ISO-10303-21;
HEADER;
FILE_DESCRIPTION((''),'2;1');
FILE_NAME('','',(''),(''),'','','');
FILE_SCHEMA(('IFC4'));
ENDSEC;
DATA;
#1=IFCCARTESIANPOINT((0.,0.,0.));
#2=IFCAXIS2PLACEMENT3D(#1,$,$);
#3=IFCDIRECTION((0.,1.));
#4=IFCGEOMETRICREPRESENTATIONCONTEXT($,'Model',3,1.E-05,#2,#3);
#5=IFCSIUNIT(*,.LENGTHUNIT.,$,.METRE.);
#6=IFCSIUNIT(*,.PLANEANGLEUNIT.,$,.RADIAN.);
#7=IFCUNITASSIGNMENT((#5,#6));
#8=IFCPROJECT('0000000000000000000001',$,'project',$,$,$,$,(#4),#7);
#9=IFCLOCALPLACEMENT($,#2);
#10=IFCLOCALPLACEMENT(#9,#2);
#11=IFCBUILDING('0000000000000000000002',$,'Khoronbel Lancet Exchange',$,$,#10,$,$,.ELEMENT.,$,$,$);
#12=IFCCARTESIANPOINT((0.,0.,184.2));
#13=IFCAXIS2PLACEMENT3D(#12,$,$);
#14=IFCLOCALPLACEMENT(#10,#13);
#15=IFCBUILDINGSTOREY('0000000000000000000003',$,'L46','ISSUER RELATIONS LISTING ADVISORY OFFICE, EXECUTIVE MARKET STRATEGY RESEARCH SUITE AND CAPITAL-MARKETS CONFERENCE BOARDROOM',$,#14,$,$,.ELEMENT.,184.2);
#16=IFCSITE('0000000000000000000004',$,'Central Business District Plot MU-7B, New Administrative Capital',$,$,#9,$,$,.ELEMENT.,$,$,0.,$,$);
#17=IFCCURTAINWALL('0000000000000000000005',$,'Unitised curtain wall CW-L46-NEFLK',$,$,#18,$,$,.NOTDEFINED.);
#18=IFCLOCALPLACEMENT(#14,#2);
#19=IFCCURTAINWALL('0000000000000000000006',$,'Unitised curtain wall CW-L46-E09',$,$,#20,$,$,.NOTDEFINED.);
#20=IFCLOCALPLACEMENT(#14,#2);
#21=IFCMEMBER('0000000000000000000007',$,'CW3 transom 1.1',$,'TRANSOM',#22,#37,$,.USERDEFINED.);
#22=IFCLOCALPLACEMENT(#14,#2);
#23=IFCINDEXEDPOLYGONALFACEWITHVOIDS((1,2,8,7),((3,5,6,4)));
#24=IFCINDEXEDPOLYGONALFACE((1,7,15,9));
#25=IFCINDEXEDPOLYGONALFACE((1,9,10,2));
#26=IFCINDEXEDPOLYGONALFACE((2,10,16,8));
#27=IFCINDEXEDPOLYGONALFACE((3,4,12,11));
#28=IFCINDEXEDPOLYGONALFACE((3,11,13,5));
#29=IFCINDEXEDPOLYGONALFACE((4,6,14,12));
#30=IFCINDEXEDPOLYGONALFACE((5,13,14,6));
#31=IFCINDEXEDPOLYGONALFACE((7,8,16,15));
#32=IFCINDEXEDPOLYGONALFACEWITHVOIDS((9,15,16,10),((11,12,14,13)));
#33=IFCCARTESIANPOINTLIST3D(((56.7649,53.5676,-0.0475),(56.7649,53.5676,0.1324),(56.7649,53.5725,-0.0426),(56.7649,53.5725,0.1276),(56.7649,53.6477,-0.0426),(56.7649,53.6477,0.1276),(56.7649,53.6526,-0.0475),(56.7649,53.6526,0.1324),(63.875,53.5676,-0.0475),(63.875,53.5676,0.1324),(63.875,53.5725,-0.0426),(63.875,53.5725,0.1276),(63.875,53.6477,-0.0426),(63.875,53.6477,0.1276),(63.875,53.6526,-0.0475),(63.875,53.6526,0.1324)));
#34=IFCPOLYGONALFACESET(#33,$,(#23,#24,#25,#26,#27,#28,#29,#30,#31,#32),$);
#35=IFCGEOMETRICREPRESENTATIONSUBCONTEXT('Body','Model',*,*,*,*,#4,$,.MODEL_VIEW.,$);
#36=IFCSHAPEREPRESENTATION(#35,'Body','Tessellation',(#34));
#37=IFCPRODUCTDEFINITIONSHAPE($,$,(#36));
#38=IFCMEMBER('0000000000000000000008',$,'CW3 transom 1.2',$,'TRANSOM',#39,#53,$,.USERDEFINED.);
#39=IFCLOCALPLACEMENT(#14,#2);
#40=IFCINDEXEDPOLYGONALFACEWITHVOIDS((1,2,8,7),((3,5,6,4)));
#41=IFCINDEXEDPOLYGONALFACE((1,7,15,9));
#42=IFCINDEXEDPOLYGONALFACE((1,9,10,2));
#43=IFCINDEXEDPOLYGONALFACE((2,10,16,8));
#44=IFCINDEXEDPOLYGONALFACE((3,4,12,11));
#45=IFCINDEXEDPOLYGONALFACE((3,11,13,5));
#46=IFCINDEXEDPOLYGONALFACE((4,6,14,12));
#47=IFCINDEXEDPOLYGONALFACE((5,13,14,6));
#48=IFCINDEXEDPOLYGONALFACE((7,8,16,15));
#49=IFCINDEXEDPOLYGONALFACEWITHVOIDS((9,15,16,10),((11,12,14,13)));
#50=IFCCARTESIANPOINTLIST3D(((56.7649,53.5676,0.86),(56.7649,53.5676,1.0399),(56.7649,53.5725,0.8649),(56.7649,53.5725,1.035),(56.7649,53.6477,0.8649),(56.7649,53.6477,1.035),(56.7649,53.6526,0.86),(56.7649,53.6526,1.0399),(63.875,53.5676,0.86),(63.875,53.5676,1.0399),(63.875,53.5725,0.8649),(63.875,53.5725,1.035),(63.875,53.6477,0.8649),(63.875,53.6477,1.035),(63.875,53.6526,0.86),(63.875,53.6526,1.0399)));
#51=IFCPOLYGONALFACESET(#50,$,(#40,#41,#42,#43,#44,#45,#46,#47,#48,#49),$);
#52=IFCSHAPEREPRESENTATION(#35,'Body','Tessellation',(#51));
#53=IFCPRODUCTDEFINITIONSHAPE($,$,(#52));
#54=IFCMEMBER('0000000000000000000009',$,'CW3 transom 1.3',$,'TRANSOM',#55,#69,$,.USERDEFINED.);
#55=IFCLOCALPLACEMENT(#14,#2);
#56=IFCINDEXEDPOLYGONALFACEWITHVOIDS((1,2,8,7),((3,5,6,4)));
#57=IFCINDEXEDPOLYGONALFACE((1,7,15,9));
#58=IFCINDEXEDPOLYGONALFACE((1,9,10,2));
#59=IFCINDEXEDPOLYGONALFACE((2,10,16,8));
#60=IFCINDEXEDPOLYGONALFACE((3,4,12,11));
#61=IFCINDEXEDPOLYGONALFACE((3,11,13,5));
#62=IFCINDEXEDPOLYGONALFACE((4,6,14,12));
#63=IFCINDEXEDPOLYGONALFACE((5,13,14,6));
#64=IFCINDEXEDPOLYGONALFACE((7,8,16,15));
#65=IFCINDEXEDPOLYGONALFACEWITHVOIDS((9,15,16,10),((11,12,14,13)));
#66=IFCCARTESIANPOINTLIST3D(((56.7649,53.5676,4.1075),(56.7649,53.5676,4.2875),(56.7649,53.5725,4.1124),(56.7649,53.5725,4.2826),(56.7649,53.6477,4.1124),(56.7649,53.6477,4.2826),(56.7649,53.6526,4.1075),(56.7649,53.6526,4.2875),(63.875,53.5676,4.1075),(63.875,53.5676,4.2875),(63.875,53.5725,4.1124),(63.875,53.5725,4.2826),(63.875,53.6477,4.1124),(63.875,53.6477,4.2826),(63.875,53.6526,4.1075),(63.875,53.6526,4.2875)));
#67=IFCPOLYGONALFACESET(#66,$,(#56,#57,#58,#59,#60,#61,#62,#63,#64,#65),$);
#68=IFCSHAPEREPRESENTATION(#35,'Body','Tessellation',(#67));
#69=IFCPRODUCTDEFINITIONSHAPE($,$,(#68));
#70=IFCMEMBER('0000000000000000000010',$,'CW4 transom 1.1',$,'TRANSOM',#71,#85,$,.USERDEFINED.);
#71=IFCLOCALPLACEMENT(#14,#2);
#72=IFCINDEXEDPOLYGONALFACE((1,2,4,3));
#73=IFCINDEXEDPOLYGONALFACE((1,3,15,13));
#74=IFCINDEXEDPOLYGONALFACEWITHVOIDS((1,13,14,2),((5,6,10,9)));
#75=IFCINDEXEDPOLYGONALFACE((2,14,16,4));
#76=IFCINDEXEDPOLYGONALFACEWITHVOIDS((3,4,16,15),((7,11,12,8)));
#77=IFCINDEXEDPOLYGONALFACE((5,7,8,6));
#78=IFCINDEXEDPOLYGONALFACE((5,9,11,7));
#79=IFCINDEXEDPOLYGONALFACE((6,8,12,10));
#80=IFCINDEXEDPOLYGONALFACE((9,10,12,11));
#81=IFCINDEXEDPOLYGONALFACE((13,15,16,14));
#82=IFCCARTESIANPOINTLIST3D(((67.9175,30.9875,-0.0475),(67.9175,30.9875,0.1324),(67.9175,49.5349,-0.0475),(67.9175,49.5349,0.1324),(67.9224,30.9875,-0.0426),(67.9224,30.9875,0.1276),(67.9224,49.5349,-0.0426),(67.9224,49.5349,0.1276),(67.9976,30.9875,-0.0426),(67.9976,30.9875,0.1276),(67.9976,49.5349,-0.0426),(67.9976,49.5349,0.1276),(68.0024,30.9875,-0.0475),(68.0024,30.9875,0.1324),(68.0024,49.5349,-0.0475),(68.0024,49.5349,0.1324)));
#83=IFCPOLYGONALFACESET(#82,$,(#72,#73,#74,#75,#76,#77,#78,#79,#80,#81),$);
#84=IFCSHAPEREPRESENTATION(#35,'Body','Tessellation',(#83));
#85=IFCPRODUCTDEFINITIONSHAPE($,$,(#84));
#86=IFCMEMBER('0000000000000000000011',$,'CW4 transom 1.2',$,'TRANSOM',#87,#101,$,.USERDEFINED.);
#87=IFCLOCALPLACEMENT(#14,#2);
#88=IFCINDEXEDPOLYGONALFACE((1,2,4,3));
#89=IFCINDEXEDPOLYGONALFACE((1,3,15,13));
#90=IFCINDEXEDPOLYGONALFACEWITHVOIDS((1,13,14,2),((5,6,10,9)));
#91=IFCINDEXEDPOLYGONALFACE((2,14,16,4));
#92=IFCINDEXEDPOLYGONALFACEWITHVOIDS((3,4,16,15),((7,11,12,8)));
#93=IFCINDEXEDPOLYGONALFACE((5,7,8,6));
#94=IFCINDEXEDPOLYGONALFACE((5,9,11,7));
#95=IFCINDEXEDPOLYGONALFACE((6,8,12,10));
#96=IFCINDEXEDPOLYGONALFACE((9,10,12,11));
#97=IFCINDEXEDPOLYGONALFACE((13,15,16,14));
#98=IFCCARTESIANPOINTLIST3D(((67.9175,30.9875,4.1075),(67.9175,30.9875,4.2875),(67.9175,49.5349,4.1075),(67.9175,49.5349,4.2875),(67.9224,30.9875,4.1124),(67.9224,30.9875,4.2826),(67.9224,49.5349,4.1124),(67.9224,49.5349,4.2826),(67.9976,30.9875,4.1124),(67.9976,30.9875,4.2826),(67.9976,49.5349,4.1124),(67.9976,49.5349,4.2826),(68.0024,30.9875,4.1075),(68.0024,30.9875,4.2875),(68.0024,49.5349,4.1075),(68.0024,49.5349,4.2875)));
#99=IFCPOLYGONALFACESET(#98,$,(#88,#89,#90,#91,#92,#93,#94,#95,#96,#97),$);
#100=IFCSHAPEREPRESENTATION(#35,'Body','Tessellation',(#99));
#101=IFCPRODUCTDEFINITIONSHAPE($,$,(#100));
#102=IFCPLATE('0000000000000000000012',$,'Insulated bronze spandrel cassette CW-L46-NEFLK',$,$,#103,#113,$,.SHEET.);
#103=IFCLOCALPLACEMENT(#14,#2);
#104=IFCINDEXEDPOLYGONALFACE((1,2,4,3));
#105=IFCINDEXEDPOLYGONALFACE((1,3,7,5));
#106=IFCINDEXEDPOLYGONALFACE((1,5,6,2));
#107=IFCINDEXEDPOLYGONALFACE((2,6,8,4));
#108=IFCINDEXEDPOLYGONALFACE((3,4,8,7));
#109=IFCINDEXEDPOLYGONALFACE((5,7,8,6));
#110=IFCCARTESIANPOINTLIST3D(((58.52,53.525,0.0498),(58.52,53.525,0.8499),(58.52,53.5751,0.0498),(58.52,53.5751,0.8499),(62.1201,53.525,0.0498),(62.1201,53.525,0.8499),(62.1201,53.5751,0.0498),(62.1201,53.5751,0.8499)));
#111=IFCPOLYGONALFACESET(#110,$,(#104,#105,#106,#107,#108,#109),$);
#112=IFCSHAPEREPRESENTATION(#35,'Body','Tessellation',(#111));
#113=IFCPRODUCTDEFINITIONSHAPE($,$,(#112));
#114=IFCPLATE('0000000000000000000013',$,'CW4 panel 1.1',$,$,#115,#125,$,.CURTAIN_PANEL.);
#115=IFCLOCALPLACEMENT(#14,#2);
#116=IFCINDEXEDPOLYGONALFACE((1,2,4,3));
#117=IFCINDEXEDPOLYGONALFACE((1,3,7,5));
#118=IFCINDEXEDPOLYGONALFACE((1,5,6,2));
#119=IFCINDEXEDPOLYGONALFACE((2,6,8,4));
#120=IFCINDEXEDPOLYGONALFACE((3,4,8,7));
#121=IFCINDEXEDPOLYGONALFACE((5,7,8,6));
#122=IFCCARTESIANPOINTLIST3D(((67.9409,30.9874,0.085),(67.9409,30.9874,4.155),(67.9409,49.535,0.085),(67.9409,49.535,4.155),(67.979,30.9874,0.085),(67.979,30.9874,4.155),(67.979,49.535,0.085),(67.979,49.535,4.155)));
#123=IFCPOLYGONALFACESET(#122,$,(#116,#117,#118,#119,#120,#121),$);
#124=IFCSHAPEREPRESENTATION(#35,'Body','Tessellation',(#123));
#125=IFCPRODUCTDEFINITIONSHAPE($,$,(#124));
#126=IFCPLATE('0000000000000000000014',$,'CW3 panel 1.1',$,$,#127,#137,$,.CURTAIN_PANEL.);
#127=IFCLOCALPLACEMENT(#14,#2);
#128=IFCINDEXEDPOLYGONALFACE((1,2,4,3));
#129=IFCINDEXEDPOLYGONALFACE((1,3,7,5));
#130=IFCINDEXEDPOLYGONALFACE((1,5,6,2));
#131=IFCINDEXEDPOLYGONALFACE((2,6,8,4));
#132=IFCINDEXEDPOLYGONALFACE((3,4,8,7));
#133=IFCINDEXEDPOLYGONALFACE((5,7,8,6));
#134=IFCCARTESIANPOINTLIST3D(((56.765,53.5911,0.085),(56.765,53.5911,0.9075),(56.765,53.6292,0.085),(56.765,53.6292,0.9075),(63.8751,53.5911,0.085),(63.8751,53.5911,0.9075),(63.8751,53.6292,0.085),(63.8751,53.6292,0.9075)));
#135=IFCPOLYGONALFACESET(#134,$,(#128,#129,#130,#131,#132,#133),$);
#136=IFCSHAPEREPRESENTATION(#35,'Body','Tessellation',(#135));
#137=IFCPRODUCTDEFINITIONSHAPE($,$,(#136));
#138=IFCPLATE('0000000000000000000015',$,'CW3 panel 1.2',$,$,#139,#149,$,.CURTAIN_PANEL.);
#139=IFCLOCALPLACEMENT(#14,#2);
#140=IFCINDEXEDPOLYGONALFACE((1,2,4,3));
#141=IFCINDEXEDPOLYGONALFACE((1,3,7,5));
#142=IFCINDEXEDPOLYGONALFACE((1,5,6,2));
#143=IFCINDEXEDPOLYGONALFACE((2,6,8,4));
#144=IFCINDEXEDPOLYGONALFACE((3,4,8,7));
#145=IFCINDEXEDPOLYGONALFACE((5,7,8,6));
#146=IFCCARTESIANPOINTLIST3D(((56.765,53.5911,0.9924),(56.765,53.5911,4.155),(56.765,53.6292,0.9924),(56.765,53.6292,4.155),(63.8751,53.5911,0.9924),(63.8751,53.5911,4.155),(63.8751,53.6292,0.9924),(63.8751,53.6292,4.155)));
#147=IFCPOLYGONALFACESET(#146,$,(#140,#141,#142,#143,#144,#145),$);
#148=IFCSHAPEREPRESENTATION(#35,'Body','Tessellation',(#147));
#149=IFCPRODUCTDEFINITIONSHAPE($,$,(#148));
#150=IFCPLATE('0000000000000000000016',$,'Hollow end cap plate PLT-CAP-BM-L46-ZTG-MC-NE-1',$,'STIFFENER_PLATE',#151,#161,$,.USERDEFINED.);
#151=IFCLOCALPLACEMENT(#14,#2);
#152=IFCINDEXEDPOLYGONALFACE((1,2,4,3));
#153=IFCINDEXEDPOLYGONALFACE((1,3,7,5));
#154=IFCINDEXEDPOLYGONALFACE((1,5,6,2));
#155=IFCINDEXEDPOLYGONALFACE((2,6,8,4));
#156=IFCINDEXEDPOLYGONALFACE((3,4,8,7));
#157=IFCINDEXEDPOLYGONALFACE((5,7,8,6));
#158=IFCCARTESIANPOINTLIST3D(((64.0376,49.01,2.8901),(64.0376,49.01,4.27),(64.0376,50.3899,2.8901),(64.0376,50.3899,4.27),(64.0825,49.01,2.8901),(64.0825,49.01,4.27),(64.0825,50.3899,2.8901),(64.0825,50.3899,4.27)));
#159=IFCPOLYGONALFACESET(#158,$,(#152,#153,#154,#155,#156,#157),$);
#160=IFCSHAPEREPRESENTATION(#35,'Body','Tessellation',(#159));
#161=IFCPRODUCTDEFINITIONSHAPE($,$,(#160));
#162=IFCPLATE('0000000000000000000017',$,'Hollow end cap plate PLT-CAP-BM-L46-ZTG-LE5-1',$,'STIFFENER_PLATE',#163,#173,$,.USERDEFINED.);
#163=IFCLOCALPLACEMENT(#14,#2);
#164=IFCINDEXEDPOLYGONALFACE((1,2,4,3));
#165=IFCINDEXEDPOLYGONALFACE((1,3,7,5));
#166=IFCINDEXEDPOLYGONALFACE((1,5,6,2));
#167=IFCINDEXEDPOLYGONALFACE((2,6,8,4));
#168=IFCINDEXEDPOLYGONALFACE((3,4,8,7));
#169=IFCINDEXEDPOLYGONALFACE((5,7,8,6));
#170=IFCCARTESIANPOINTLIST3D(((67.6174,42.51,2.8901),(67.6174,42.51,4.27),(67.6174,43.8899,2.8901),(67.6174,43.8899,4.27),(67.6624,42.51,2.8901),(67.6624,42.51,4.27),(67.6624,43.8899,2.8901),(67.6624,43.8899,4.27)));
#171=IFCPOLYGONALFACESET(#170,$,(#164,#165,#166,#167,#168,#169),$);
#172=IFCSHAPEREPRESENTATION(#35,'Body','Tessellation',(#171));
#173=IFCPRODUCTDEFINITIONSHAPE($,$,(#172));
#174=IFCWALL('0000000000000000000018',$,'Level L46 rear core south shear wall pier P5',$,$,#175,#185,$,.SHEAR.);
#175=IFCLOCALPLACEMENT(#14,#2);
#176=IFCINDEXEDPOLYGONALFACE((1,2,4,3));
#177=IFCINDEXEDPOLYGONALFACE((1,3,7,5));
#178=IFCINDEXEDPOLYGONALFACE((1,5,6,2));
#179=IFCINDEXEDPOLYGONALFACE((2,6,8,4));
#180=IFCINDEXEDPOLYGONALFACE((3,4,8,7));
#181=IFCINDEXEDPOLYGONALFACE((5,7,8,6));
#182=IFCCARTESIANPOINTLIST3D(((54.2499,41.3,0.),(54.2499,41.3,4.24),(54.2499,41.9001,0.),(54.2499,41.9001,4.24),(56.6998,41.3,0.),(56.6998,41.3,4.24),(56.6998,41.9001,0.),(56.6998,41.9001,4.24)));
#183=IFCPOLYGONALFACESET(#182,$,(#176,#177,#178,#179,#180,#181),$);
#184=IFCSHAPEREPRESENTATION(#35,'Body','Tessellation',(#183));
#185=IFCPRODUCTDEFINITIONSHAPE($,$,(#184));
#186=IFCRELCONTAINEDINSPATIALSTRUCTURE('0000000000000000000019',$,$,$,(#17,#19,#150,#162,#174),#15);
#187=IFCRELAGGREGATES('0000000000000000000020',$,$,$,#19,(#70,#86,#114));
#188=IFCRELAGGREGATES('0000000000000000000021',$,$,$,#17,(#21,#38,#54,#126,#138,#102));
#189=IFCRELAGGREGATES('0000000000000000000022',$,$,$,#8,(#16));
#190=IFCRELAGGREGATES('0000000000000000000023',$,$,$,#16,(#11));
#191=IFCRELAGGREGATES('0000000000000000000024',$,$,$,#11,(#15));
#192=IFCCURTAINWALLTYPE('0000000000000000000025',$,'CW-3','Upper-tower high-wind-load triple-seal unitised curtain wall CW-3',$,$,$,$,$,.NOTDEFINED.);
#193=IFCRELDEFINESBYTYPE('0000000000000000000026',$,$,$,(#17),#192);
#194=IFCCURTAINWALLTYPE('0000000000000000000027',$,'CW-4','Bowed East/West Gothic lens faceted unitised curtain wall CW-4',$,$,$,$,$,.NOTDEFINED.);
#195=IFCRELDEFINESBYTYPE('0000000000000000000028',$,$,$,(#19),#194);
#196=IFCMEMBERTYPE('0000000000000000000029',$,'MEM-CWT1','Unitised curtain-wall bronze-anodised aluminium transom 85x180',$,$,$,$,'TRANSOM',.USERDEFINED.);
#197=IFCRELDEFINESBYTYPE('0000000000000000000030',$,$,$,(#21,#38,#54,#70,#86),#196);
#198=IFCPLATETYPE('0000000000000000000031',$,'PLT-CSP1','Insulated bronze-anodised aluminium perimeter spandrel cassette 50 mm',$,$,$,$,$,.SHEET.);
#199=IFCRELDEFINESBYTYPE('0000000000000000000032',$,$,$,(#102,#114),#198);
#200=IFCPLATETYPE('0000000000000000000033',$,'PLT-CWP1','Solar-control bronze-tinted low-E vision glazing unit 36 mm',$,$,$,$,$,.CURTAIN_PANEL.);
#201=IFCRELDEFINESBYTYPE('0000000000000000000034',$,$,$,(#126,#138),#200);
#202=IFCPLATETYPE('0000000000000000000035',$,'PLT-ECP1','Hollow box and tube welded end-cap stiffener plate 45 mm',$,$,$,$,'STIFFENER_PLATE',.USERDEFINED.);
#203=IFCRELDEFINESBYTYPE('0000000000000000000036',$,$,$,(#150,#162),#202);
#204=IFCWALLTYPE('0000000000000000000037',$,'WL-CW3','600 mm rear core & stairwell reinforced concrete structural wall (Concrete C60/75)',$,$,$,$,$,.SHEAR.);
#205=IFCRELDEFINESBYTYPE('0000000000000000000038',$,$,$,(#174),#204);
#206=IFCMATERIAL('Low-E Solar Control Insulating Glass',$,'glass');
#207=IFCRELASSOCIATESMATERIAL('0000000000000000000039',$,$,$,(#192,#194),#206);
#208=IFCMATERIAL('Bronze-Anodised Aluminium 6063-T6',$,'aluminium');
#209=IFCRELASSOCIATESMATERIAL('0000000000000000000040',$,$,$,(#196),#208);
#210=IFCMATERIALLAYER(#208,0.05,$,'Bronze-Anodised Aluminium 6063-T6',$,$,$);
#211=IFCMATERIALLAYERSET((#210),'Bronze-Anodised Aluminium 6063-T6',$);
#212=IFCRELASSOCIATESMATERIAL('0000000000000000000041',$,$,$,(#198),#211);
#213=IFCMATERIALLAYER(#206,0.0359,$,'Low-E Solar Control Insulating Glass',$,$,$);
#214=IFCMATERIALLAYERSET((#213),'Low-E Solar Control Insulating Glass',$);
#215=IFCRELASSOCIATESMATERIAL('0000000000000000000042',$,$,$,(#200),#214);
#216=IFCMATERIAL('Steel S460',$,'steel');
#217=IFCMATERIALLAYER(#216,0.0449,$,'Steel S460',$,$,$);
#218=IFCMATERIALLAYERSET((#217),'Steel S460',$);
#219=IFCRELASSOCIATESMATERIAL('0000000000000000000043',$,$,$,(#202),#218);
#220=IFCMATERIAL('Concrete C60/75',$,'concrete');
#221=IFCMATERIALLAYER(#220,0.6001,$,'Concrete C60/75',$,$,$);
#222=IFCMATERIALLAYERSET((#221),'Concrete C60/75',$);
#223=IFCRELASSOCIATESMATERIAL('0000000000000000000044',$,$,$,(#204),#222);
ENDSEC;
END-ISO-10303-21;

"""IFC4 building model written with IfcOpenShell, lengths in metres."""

from ifc_helpers import new_model, si_unit, direction, frame, frame_2d, origin, origin_2d, place, context, subcontext, project, spatial, rectangle, hollow_rectangle, extrude, material, layer, layer_set, material_profile, profile_set, type_object, element, aggregate, save


model = new_model("IFC4")

# Units and contexts
model_context = context("Model", 3, precision=1e-05, world=origin(), true_north=direction((0.0, 1.0)))
body_context = subcontext(model_context, "Body", "Model", "MODEL_VIEW")
ifc_project = project(units=[si_unit("LENGTHUNIT", "METRE"), si_unit("PLANEANGLEUNIT", "RADIAN")], contexts=[model_context])

# Site, building, storey
site_placement = place(None, origin())
site = spatial("IfcSite", under=ifc_project, at=site_placement, Name="Central Business District Plot MU-7B, New Administrative Capital", CompositionType="ELEMENT", RefElevation=0.0)
building_placement = place(site_placement, origin())
building = spatial("IfcBuilding", under=site, at=building_placement, Name="Khoronbel Lancet Exchange", CompositionType="ELEMENT")
storey_placement = place(building_placement, frame((0.0, 0.0, 184.2)))
storey = spatial("IfcBuildingStorey", under=building, at=storey_placement, Name="L46", Description="ISSUER RELATIONS LISTING ADVISORY OFFICE, EXECUTIVE MARKET STRATEGY RESEARCH SUITE AND CAPITAL-MARKETS CONFERENCE BOARDROOM", CompositionType="ELEMENT", Elevation=184.2)

# Shared definitions
ifc_material_1 = material(Name="Steel S460", Category="steel")

# Curtain wall
ifc_material_2 = material(Name="Low-E Solar Control Insulating Glass", Category="glass")
curtain_wall_type_1 = type_object("IfcCurtainWallType", Name="CW-3", Description="Upper-tower high-wind-load triple-seal unitised curtain wall CW-3", PredefinedType="NOTDEFINED", material=ifc_material_2)
curtain_wall_1_placement = place(storey_placement, origin())
curtain_wall_1 = element("IfcCurtainWall", 1, at=curtain_wall_1_placement, inside=storey, type_object=curtain_wall_type_1, Name="Unitised curtain wall CW-L46-NEFLK", PredefinedType="NOTDEFINED")
ifc_material_3 = material(Name="Bronze-Anodised Aluminium 6063-T6", Category="aluminium")

# Curtain wall
curtain_wall_type_2 = type_object("IfcCurtainWallType", Name="CW-4", Description="Bowed East/West Gothic lens faceted unitised curtain wall CW-4", PredefinedType="NOTDEFINED", material=ifc_material_2)
curtain_wall_2_placement = place(storey_placement, origin())
curtain_wall_2 = element("IfcCurtainWall", 2, at=curtain_wall_2_placement, inside=storey, type_object=curtain_wall_type_2, Name="Unitised curtain wall CW-L46-E09", PredefinedType="NOTDEFINED")

# Members
ifc_material_profile_1 = material_profile(ifc_material_3, hollow_rectangle(XDim=0.085, YDim=0.1799, WallThickness=0.0049, at=origin_2d()), Name="ALU TRANSOM 85x180")
ifc_profile_set_1 = profile_set([ifc_material_profile_1], Name="Bronze-Anodised Aluminium 6063-T6")
member_type_1 = type_object("IfcMemberType", Name="MEM-CWT1", Description="Unitised curtain-wall bronze-anodised aluminium transom 85x180", ElementType="TRANSOM", PredefinedType="USERDEFINED", material=ifc_profile_set_1)
member_1_placement = place(storey_placement, frame((63.875, 53.6101, 0.0425), z_axis=(-1.0, 0.0, 0.0), x_axis=(0.0, -1.0, 0.0)))
member_1 = element("IfcMember", 3, at=member_1_placement, type_object=member_type_1, Name="CW3 transom 1.1", ObjectType="TRANSOM", PredefinedType="USERDEFINED", context=body_context, shape_type="SweptSolid", body=[
    extrude(hollow_rectangle(XDim=0.085, YDim=0.1799, WallThickness=0.0049, at=origin_2d()), origin(), (0.0, 0.0, 1.0), 7.1101),
])
member_2_placement = place(storey_placement, frame((63.875, 53.6101, 0.95), z_axis=(-1.0, 0.0, 0.0), x_axis=(0.0, -1.0, 0.0)))
member_2 = element("IfcMember", 4, at=member_2_placement, type_object=member_type_1, Name="CW3 transom 1.2", ObjectType="TRANSOM", PredefinedType="USERDEFINED", context=body_context, shape_type="SweptSolid", body=[
    extrude(hollow_rectangle(XDim=0.085, YDim=0.1799, WallThickness=0.0049, at=origin_2d()), origin(), (0.0, 0.0, 1.0), 7.1101),
])
member_3_placement = place(storey_placement, frame((63.875, 53.6101, 4.1975), z_axis=(-1.0, 0.0, 0.0), x_axis=(0.0, -1.0, 0.0)))
member_3 = element("IfcMember", 5, at=member_3_placement, type_object=member_type_1, Name="CW3 transom 1.3", ObjectType="TRANSOM", PredefinedType="USERDEFINED", context=body_context, shape_type="SweptSolid", body=[
    extrude(hollow_rectangle(XDim=0.085, YDim=0.1799, WallThickness=0.0049, at=origin_2d()), origin(), (0.0, 0.0, 1.0), 7.1101),
])
member_4_placement = place(storey_placement, frame((67.96, 49.5349, 0.0425), z_axis=(0.0, -1.0, 0.0), x_axis=(1.0, 0.0, 0.0)))
member_4 = element("IfcMember", 6, at=member_4_placement, type_object=member_type_1, Name="CW4 transom 1.1", ObjectType="TRANSOM", PredefinedType="USERDEFINED", context=body_context, shape_type="SweptSolid", body=[
    extrude(hollow_rectangle(XDim=0.085, YDim=0.1799, WallThickness=0.0049, at=origin_2d()), origin(), (0.0, 0.0, 1.0), 18.5474),
])
member_5_placement = place(storey_placement, frame((67.96, 49.5349, 4.1975), z_axis=(0.0, -1.0, 0.0), x_axis=(1.0, 0.0, 0.0)))
member_5 = element("IfcMember", 7, at=member_5_placement, type_object=member_type_1, Name="CW4 transom 1.2", ObjectType="TRANSOM", PredefinedType="USERDEFINED", context=body_context, shape_type="SweptSolid", body=[
    extrude(hollow_rectangle(XDim=0.085, YDim=0.1799, WallThickness=0.0049, at=origin_2d()), origin(), (0.0, 0.0, 1.0), 18.5474),
])

# Plates
ifc_layer_1 = layer(ifc_material_3, 0.05, Name="Bronze-Anodised Aluminium 6063-T6")
ifc_layer_set_1 = layer_set([ifc_layer_1], Name="Bronze-Anodised Aluminium 6063-T6")
plate_type_1 = type_object("IfcPlateType", Name="PLT-CSP1", Description="Insulated bronze-anodised aluminium perimeter spandrel cassette 50 mm", PredefinedType="SHEET", material=ifc_layer_set_1)
plate_1_placement = place(storey_placement, frame((60.3201, 53.55, 0.0498), z_axis=(0.0, 0.0, 1.0), x_axis=(-1.0, 0.0, 0.0)))
plate_1 = element("IfcPlate", 8, at=plate_1_placement, type_object=plate_type_1, Name="Insulated bronze spandrel cassette CW-L46-NEFLK", PredefinedType="SHEET", context=body_context, shape_type="SweptSolid", body=[
    extrude(rectangle(XDim=3.6001, YDim=0.05, at=origin_2d()), origin(), (0.0, 0.0, 1.0), 0.8),
])
plate_2_placement = place(storey_placement, frame((67.96, 40.2612, 0.085), z_axis=(0.0, 0.0, 1.0), x_axis=(0.0, -1.0, 0.0)))
plate_2 = element("IfcPlate", 9, at=plate_2_placement, type_object=plate_type_1, Name="CW4 panel 1.1", PredefinedType="CURTAIN_PANEL", context=body_context, shape_type="SweptSolid", body=[
    extrude(rectangle(XDim=18.5476, YDim=0.0381, at=origin_2d()), origin(), (0.0, 0.0, 1.0), 4.0701),
])
aggregate(curtain_wall_2, [member_4, member_5, plate_2])
ifc_layer_2 = layer(ifc_material_2, 0.0359, Name="Low-E Solar Control Insulating Glass")
ifc_layer_set_2 = layer_set([ifc_layer_2], Name="Low-E Solar Control Insulating Glass")
plate_type_2 = type_object("IfcPlateType", Name="PLT-CWP1", Description="Solar-control bronze-tinted low-E vision glazing unit 36 mm", PredefinedType="CURTAIN_PANEL", material=ifc_layer_set_2)
plate_3_placement = place(storey_placement, frame((60.3201, 53.6101, 0.085), z_axis=(0.0, 0.0, 1.0), x_axis=(-1.0, 0.0, 0.0)))
plate_3 = element("IfcPlate", 10, at=plate_3_placement, type_object=plate_type_2, Name="CW3 panel 1.1", PredefinedType="CURTAIN_PANEL", context=body_context, shape_type="SweptSolid", body=[
    extrude(rectangle(XDim=7.1101, YDim=0.0381, at=origin_2d()), origin(), (0.0, 0.0, 1.0), 0.8225),
])
plate_4_placement = place(storey_placement, frame((60.3201, 53.6101, 0.9924), z_axis=(0.0, 0.0, 1.0), x_axis=(-1.0, 0.0, 0.0)))
plate_4 = element("IfcPlate", 11, at=plate_4_placement, type_object=plate_type_2, Name="CW3 panel 1.2", PredefinedType="CURTAIN_PANEL", context=body_context, shape_type="SweptSolid", body=[
    extrude(rectangle(XDim=7.1101, YDim=0.0381, at=origin_2d()), origin(), (0.0, 0.0, 1.0), 3.1626),
])
aggregate(curtain_wall_1, [member_1, member_2, member_3, plate_3, plate_4, plate_1])

# Plates
ifc_layer_3 = layer(ifc_material_1, 0.0449, Name="Steel S460")
ifc_layer_set_3 = layer_set([ifc_layer_3], Name="Steel S460")
plate_type_3 = type_object("IfcPlateType", Name="PLT-ECP1", Description="Hollow box and tube welded end-cap stiffener plate 45 mm", ElementType="STIFFENER_PLATE", PredefinedType="USERDEFINED", material=ifc_layer_set_3)
for number, where, z_axis, x_axis, name in (
    (12, (64.0601, 49.7, 2.8901), (0.0, 0.0, 1.0), (1.0, 0.0, 0.0), "Hollow end cap plate PLT-CAP-BM-L46-ZTG-MC-NE-1"),
    (13, (67.6399, 43.2, 2.8901), (0.0, 0.0, 1.0), (1.0, 0.0, 0.0), "Hollow end cap plate PLT-CAP-BM-L46-ZTG-LE5-1"),
):
    element("IfcPlate", number, at=place(storey_placement, frame(where, z_axis=z_axis, x_axis=x_axis)), inside=storey, type_object=plate_type_3, Name=name, ObjectType="STIFFENER_PLATE", PredefinedType="USERDEFINED", context=body_context, shape_type="SweptSolid", body=[
        extrude(rectangle(XDim=0.0449, YDim=1.3799, at=origin_2d()), origin(), (0.0, 0.0, 1.0), 1.3799),
    ])

# Wall
ifc_material_4 = material(Name="Concrete C60/75", Category="concrete")
ifc_layer_4 = layer(ifc_material_4, 0.6001, Name="Concrete C60/75")
ifc_layer_set_4 = layer_set([ifc_layer_4], Name="Concrete C60/75")
wall_type_1 = type_object("IfcWallType", Name="WL-CW3", Description="600 mm rear core & stairwell reinforced concrete structural wall (Concrete C60/75)", PredefinedType="SHEAR", material=ifc_layer_set_4)
wall_1_placement = place(storey_placement, frame((56.7, 41.6001, 0.0), z_axis=(0.0, 0.0, 1.0), x_axis=(-1.0, 0.0, 0.0)))
element("IfcWall", 14, at=wall_1_placement, inside=storey, type_object=wall_type_1, Name="Level L46 rear core south shear wall pier P5", PredefinedType="SHEAR", context=body_context, shape_type="SweptSolid", body=[
    extrude(rectangle(XDim=2.45, YDim=0.6001, at=frame_2d((1.2251, 0.0))), origin(), (0.0, 0.0, 1.0), 4.24),
])

save(model, "model.ifc")
